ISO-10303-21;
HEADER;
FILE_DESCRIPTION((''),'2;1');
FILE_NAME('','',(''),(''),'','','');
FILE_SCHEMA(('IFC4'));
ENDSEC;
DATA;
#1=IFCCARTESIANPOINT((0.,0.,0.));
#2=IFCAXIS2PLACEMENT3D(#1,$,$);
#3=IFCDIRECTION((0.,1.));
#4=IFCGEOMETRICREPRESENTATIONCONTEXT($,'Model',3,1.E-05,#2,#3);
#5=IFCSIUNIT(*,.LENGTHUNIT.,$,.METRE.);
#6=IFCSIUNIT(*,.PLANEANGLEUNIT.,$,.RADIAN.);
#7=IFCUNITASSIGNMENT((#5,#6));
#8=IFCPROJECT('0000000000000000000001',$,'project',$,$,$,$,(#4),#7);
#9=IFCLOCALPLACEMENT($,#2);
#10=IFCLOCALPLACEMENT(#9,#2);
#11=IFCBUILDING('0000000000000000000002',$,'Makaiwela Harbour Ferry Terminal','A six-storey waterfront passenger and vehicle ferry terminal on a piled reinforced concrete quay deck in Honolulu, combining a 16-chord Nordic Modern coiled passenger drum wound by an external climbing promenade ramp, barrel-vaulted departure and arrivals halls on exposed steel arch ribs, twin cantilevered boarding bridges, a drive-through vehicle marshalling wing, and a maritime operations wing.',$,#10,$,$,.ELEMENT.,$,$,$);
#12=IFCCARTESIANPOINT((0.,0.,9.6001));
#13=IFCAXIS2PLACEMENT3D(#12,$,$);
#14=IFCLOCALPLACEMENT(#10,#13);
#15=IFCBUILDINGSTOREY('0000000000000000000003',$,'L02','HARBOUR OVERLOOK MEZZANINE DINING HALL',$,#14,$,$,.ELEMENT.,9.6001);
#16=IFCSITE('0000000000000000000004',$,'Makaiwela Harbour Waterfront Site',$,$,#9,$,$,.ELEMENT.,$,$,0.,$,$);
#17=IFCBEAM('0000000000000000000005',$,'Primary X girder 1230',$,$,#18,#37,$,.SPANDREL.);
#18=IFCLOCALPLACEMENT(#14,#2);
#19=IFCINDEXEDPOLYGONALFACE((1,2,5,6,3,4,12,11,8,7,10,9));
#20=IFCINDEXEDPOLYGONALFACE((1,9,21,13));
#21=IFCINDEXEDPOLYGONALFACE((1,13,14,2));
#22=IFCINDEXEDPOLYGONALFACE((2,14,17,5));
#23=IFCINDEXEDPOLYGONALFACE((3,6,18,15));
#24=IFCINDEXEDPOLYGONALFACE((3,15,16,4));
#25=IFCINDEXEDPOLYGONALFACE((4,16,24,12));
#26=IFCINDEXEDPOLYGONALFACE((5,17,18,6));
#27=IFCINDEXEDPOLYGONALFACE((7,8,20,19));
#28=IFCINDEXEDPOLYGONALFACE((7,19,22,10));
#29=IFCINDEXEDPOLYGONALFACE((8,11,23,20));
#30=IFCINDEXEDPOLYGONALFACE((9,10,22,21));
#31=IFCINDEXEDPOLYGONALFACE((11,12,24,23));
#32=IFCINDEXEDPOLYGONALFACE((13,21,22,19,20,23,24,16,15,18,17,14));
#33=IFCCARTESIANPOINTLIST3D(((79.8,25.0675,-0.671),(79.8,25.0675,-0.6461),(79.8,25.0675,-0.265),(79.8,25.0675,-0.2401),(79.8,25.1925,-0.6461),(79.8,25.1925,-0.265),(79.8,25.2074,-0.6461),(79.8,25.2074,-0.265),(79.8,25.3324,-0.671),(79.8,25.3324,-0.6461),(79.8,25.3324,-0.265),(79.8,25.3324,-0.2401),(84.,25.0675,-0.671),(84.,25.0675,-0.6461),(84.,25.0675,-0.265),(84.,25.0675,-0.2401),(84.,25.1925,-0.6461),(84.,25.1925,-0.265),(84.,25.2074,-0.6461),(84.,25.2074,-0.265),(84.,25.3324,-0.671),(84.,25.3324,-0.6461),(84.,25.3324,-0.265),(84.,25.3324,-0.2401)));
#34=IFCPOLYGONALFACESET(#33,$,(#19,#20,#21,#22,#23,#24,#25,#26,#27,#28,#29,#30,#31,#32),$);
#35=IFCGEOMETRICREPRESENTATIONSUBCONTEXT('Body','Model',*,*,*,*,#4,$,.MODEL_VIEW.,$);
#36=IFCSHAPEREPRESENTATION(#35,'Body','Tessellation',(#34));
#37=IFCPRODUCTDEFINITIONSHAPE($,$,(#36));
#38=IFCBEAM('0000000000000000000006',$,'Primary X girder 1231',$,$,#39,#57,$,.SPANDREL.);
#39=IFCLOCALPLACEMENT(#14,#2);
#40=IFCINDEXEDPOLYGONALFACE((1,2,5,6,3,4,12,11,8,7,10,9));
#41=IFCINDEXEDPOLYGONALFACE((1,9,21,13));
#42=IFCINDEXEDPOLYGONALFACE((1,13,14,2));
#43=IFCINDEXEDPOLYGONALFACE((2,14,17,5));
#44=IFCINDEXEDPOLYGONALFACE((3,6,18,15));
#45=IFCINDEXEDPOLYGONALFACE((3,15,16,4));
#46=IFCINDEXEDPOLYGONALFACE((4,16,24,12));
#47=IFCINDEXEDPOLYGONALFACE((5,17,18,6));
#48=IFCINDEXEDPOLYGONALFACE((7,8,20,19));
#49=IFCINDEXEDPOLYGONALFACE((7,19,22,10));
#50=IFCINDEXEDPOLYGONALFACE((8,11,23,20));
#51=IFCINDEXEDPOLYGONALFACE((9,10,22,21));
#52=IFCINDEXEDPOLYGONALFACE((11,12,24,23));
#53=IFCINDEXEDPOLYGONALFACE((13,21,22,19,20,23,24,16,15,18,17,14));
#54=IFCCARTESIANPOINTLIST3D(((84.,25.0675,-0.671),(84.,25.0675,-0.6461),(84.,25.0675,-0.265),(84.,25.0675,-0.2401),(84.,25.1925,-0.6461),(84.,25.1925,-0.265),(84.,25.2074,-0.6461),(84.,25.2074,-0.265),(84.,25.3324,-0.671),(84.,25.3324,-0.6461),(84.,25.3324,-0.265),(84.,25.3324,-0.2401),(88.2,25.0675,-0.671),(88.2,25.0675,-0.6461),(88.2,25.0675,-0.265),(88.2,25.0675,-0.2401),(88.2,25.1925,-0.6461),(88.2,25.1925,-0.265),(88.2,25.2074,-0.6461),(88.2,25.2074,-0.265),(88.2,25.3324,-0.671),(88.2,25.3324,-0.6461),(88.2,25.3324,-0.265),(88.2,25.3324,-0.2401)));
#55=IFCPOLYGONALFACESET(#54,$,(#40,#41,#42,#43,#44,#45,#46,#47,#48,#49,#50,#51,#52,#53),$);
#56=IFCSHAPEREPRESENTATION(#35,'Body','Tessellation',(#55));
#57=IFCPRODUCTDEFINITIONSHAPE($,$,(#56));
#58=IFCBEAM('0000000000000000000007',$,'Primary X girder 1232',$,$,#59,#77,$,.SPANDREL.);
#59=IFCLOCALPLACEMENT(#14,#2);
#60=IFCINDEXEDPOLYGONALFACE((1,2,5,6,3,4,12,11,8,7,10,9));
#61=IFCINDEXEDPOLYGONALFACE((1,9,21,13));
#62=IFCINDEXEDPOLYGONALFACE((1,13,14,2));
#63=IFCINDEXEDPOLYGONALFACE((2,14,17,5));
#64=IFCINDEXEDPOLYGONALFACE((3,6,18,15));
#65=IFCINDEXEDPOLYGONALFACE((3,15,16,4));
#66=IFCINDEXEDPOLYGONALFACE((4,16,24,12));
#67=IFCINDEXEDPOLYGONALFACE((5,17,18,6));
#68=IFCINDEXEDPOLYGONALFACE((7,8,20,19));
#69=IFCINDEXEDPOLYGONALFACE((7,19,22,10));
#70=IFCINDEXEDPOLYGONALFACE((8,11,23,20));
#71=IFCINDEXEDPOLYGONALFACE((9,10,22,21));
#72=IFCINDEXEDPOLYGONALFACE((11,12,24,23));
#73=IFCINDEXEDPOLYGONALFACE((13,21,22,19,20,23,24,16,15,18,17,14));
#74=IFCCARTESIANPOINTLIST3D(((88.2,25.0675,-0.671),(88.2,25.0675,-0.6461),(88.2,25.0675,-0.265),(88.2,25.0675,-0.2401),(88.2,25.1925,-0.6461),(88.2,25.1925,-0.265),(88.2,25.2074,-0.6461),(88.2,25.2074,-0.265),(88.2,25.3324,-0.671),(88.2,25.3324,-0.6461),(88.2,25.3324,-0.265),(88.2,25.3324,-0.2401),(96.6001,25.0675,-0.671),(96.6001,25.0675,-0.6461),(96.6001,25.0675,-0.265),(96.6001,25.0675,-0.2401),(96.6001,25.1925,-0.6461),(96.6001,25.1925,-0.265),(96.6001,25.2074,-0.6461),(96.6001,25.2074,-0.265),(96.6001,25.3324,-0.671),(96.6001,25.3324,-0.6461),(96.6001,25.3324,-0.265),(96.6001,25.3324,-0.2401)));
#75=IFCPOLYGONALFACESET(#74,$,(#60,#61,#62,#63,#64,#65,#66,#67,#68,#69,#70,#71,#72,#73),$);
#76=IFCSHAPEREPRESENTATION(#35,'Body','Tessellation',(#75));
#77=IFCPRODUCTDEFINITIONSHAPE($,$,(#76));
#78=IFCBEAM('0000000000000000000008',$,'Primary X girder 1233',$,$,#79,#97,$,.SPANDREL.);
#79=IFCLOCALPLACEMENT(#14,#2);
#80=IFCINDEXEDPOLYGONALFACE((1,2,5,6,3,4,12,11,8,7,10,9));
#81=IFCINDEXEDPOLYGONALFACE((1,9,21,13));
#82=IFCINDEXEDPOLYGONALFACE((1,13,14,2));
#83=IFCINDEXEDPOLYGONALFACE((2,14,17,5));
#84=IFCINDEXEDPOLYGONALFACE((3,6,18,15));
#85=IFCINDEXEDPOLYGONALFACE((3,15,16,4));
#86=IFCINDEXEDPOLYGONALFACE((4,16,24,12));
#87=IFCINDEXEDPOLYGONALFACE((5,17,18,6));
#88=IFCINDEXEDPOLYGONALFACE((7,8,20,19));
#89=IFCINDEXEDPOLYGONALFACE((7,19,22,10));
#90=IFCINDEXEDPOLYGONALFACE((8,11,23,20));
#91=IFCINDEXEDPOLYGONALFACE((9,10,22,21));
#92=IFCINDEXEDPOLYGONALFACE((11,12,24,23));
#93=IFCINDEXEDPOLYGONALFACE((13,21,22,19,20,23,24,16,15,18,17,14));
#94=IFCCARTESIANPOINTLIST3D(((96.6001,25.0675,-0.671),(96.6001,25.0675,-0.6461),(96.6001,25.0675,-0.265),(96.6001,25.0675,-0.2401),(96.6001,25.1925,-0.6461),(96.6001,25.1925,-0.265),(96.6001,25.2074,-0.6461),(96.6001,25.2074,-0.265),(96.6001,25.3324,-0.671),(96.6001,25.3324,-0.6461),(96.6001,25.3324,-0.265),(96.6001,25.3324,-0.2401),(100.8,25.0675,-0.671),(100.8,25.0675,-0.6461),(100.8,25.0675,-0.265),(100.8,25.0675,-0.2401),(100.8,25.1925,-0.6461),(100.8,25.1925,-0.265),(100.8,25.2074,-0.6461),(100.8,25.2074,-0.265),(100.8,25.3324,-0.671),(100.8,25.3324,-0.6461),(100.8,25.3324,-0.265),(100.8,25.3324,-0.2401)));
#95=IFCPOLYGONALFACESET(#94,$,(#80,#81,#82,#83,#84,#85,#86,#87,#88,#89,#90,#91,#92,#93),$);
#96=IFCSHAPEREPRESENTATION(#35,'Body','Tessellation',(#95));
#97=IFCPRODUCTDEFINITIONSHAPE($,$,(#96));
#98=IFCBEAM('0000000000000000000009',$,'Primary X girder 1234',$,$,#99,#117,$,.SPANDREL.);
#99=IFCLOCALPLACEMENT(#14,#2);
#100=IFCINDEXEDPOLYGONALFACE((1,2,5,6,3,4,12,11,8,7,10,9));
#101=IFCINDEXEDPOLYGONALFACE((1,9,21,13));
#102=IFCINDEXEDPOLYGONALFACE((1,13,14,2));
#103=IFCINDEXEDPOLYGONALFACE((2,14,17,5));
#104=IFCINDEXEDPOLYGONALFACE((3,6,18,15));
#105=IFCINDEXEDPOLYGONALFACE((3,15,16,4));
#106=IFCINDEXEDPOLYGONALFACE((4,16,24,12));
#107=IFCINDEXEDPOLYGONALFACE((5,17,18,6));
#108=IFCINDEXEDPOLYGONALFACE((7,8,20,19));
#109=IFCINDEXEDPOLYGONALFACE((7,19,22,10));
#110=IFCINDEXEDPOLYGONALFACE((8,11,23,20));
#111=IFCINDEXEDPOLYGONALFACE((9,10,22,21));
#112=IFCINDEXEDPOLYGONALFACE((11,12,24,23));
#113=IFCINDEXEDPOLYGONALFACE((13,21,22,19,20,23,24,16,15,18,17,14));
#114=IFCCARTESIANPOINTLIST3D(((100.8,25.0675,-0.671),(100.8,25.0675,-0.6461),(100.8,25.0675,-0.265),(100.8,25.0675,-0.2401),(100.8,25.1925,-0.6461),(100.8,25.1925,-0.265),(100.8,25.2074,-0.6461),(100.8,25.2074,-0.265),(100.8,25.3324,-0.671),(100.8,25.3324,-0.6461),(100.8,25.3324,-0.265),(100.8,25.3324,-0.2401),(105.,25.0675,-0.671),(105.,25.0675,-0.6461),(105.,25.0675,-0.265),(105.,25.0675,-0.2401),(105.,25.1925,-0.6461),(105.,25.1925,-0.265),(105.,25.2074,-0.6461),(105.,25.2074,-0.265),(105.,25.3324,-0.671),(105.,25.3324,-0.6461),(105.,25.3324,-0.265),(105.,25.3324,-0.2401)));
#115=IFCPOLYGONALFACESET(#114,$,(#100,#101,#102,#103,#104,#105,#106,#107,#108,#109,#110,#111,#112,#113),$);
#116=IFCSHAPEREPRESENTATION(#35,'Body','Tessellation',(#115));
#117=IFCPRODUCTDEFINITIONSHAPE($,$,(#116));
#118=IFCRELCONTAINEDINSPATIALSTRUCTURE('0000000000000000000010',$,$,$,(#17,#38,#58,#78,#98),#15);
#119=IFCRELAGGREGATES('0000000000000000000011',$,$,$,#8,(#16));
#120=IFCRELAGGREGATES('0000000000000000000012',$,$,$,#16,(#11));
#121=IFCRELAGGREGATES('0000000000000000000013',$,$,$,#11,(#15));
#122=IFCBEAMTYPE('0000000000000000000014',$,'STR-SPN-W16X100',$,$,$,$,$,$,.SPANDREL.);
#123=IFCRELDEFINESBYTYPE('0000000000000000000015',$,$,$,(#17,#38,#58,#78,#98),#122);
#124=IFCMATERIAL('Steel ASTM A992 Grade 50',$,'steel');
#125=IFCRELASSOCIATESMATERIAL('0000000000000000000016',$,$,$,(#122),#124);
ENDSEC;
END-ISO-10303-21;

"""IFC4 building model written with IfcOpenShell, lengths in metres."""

from ifc_helpers import new_model, si_unit, direction, frame, origin, origin_2d, place, context, subcontext, project, spatial, i_section, extrude, material, material_profile, profile_set, type_object, element, save


model = new_model("IFC4")

# Units and contexts
model_context = context("Model", 3, precision=1e-05, world=origin(), true_north=direction((0.0, 1.0)))
body_context = subcontext(model_context, "Body", "Model", "MODEL_VIEW")
ifc_project = project(units=[si_unit("LENGTHUNIT", "METRE"), si_unit("PLANEANGLEUNIT", "RADIAN")], contexts=[model_context])

# Site, building, storey
site_placement = place(None, origin())
site = spatial("IfcSite", under=ifc_project, at=site_placement, Name="Makaiwela Harbour Waterfront Site", CompositionType="ELEMENT", RefElevation=0.0)
building_placement = place(site_placement, origin())
building = spatial("IfcBuilding", under=site, at=building_placement, Name="Makaiwela Harbour Ferry Terminal", Description="A six-storey waterfront passenger and vehicle ferry terminal on a piled reinforced concrete quay deck in Honolulu, combining a 16-chord Nordic Modern coiled passenger drum wound by an external climbing promenade ramp, barrel-vaulted departure and arrivals halls on exposed steel arch ribs, twin cantilevered boarding bridges, a drive-through vehicle marshalling wing, and a maritime operations wing.", CompositionType="ELEMENT")
storey_placement = place(building_placement, frame((0.0, 0.0, 9.6001)))
storey = spatial("IfcBuildingStorey", under=building, at=storey_placement, Name="L02", Description="HARBOUR OVERLOOK MEZZANINE DINING HALL", CompositionType="ELEMENT", Elevation=9.6001)

# Beams
ifc_material = material(Name="Steel ASTM A992 Grade 50", Category="steel")
ifc_material_profile_1 = material_profile(ifc_material, i_section(OverallWidth=0.2649, OverallDepth=0.4309, WebThickness=0.0149, FlangeThickness=0.0249, at=origin_2d()), Name="W16X100")
ifc_profile_set_1 = profile_set([ifc_material_profile_1], Name="Steel ASTM A992 Grade 50")
beam_type_1 = type_object("IfcBeamType", Name="STR-SPN-W16X100", PredefinedType="SPANDREL", material=ifc_profile_set_1)
for number, where, z_axis, x_axis, name in (
    (1, (79.8, 25.2, -0.4556), (1.0, 0.0, 0.0), (0.0, 1.0, 0.0), "Primary X girder 1230"),
    (2, (84.0, 25.2, -0.4556), (1.0, 0.0, 0.0), (0.0, 1.0, 0.0), "Primary X girder 1231"),
):
    element("IfcBeam", number, at=place(storey_placement, frame(where, z_axis=z_axis, x_axis=x_axis)), inside=storey, type_object=beam_type_1, Name=name, PredefinedType="SPANDREL", context=body_context, shape_type="SweptSolid", body=[
        extrude(i_section(OverallWidth=0.2649, OverallDepth=0.4309, WebThickness=0.0149, FlangeThickness=0.0249, at=origin_2d()), origin(), (0.0, 0.0, 1.0), 4.2),
    ])
beam_1_placement = place(storey_placement, frame((88.2, 25.2, -0.4556), z_axis=(1.0, 0.0, 0.0), x_axis=(0.0, 1.0, 0.0)))
element("IfcBeam", 3, at=beam_1_placement, inside=storey, type_object=beam_type_1, Name="Primary X girder 1232", PredefinedType="SPANDREL", context=body_context, shape_type="SweptSolid", body=[
    extrude(i_section(OverallWidth=0.2649, OverallDepth=0.4309, WebThickness=0.0149, FlangeThickness=0.0249, at=origin_2d()), origin(), (0.0, 0.0, 1.0), 8.4001),
])
for number, where, z_axis, x_axis, name in (
    (4, (96.6001, 25.2, -0.4556), (1.0, 0.0, 0.0), (0.0, 1.0, 0.0), "Primary X girder 1233"),
    (5, (100.8, 25.2, -0.4556), (1.0, 0.0, 0.0), (0.0, 1.0, 0.0), "Primary X girder 1234"),
):
    element("IfcBeam", number, at=place(storey_placement, frame(where, z_axis=z_axis, x_axis=x_axis)), inside=storey, type_object=beam_type_1, Name=name, PredefinedType="SPANDREL", context=body_context, shape_type="SweptSolid", body=[
        extrude(i_section(OverallWidth=0.2649, OverallDepth=0.4309, WebThickness=0.0149, FlangeThickness=0.0249, at=origin_2d()), origin(), (0.0, 0.0, 1.0), 4.2),
    ])

save(model, "model.ifc")
